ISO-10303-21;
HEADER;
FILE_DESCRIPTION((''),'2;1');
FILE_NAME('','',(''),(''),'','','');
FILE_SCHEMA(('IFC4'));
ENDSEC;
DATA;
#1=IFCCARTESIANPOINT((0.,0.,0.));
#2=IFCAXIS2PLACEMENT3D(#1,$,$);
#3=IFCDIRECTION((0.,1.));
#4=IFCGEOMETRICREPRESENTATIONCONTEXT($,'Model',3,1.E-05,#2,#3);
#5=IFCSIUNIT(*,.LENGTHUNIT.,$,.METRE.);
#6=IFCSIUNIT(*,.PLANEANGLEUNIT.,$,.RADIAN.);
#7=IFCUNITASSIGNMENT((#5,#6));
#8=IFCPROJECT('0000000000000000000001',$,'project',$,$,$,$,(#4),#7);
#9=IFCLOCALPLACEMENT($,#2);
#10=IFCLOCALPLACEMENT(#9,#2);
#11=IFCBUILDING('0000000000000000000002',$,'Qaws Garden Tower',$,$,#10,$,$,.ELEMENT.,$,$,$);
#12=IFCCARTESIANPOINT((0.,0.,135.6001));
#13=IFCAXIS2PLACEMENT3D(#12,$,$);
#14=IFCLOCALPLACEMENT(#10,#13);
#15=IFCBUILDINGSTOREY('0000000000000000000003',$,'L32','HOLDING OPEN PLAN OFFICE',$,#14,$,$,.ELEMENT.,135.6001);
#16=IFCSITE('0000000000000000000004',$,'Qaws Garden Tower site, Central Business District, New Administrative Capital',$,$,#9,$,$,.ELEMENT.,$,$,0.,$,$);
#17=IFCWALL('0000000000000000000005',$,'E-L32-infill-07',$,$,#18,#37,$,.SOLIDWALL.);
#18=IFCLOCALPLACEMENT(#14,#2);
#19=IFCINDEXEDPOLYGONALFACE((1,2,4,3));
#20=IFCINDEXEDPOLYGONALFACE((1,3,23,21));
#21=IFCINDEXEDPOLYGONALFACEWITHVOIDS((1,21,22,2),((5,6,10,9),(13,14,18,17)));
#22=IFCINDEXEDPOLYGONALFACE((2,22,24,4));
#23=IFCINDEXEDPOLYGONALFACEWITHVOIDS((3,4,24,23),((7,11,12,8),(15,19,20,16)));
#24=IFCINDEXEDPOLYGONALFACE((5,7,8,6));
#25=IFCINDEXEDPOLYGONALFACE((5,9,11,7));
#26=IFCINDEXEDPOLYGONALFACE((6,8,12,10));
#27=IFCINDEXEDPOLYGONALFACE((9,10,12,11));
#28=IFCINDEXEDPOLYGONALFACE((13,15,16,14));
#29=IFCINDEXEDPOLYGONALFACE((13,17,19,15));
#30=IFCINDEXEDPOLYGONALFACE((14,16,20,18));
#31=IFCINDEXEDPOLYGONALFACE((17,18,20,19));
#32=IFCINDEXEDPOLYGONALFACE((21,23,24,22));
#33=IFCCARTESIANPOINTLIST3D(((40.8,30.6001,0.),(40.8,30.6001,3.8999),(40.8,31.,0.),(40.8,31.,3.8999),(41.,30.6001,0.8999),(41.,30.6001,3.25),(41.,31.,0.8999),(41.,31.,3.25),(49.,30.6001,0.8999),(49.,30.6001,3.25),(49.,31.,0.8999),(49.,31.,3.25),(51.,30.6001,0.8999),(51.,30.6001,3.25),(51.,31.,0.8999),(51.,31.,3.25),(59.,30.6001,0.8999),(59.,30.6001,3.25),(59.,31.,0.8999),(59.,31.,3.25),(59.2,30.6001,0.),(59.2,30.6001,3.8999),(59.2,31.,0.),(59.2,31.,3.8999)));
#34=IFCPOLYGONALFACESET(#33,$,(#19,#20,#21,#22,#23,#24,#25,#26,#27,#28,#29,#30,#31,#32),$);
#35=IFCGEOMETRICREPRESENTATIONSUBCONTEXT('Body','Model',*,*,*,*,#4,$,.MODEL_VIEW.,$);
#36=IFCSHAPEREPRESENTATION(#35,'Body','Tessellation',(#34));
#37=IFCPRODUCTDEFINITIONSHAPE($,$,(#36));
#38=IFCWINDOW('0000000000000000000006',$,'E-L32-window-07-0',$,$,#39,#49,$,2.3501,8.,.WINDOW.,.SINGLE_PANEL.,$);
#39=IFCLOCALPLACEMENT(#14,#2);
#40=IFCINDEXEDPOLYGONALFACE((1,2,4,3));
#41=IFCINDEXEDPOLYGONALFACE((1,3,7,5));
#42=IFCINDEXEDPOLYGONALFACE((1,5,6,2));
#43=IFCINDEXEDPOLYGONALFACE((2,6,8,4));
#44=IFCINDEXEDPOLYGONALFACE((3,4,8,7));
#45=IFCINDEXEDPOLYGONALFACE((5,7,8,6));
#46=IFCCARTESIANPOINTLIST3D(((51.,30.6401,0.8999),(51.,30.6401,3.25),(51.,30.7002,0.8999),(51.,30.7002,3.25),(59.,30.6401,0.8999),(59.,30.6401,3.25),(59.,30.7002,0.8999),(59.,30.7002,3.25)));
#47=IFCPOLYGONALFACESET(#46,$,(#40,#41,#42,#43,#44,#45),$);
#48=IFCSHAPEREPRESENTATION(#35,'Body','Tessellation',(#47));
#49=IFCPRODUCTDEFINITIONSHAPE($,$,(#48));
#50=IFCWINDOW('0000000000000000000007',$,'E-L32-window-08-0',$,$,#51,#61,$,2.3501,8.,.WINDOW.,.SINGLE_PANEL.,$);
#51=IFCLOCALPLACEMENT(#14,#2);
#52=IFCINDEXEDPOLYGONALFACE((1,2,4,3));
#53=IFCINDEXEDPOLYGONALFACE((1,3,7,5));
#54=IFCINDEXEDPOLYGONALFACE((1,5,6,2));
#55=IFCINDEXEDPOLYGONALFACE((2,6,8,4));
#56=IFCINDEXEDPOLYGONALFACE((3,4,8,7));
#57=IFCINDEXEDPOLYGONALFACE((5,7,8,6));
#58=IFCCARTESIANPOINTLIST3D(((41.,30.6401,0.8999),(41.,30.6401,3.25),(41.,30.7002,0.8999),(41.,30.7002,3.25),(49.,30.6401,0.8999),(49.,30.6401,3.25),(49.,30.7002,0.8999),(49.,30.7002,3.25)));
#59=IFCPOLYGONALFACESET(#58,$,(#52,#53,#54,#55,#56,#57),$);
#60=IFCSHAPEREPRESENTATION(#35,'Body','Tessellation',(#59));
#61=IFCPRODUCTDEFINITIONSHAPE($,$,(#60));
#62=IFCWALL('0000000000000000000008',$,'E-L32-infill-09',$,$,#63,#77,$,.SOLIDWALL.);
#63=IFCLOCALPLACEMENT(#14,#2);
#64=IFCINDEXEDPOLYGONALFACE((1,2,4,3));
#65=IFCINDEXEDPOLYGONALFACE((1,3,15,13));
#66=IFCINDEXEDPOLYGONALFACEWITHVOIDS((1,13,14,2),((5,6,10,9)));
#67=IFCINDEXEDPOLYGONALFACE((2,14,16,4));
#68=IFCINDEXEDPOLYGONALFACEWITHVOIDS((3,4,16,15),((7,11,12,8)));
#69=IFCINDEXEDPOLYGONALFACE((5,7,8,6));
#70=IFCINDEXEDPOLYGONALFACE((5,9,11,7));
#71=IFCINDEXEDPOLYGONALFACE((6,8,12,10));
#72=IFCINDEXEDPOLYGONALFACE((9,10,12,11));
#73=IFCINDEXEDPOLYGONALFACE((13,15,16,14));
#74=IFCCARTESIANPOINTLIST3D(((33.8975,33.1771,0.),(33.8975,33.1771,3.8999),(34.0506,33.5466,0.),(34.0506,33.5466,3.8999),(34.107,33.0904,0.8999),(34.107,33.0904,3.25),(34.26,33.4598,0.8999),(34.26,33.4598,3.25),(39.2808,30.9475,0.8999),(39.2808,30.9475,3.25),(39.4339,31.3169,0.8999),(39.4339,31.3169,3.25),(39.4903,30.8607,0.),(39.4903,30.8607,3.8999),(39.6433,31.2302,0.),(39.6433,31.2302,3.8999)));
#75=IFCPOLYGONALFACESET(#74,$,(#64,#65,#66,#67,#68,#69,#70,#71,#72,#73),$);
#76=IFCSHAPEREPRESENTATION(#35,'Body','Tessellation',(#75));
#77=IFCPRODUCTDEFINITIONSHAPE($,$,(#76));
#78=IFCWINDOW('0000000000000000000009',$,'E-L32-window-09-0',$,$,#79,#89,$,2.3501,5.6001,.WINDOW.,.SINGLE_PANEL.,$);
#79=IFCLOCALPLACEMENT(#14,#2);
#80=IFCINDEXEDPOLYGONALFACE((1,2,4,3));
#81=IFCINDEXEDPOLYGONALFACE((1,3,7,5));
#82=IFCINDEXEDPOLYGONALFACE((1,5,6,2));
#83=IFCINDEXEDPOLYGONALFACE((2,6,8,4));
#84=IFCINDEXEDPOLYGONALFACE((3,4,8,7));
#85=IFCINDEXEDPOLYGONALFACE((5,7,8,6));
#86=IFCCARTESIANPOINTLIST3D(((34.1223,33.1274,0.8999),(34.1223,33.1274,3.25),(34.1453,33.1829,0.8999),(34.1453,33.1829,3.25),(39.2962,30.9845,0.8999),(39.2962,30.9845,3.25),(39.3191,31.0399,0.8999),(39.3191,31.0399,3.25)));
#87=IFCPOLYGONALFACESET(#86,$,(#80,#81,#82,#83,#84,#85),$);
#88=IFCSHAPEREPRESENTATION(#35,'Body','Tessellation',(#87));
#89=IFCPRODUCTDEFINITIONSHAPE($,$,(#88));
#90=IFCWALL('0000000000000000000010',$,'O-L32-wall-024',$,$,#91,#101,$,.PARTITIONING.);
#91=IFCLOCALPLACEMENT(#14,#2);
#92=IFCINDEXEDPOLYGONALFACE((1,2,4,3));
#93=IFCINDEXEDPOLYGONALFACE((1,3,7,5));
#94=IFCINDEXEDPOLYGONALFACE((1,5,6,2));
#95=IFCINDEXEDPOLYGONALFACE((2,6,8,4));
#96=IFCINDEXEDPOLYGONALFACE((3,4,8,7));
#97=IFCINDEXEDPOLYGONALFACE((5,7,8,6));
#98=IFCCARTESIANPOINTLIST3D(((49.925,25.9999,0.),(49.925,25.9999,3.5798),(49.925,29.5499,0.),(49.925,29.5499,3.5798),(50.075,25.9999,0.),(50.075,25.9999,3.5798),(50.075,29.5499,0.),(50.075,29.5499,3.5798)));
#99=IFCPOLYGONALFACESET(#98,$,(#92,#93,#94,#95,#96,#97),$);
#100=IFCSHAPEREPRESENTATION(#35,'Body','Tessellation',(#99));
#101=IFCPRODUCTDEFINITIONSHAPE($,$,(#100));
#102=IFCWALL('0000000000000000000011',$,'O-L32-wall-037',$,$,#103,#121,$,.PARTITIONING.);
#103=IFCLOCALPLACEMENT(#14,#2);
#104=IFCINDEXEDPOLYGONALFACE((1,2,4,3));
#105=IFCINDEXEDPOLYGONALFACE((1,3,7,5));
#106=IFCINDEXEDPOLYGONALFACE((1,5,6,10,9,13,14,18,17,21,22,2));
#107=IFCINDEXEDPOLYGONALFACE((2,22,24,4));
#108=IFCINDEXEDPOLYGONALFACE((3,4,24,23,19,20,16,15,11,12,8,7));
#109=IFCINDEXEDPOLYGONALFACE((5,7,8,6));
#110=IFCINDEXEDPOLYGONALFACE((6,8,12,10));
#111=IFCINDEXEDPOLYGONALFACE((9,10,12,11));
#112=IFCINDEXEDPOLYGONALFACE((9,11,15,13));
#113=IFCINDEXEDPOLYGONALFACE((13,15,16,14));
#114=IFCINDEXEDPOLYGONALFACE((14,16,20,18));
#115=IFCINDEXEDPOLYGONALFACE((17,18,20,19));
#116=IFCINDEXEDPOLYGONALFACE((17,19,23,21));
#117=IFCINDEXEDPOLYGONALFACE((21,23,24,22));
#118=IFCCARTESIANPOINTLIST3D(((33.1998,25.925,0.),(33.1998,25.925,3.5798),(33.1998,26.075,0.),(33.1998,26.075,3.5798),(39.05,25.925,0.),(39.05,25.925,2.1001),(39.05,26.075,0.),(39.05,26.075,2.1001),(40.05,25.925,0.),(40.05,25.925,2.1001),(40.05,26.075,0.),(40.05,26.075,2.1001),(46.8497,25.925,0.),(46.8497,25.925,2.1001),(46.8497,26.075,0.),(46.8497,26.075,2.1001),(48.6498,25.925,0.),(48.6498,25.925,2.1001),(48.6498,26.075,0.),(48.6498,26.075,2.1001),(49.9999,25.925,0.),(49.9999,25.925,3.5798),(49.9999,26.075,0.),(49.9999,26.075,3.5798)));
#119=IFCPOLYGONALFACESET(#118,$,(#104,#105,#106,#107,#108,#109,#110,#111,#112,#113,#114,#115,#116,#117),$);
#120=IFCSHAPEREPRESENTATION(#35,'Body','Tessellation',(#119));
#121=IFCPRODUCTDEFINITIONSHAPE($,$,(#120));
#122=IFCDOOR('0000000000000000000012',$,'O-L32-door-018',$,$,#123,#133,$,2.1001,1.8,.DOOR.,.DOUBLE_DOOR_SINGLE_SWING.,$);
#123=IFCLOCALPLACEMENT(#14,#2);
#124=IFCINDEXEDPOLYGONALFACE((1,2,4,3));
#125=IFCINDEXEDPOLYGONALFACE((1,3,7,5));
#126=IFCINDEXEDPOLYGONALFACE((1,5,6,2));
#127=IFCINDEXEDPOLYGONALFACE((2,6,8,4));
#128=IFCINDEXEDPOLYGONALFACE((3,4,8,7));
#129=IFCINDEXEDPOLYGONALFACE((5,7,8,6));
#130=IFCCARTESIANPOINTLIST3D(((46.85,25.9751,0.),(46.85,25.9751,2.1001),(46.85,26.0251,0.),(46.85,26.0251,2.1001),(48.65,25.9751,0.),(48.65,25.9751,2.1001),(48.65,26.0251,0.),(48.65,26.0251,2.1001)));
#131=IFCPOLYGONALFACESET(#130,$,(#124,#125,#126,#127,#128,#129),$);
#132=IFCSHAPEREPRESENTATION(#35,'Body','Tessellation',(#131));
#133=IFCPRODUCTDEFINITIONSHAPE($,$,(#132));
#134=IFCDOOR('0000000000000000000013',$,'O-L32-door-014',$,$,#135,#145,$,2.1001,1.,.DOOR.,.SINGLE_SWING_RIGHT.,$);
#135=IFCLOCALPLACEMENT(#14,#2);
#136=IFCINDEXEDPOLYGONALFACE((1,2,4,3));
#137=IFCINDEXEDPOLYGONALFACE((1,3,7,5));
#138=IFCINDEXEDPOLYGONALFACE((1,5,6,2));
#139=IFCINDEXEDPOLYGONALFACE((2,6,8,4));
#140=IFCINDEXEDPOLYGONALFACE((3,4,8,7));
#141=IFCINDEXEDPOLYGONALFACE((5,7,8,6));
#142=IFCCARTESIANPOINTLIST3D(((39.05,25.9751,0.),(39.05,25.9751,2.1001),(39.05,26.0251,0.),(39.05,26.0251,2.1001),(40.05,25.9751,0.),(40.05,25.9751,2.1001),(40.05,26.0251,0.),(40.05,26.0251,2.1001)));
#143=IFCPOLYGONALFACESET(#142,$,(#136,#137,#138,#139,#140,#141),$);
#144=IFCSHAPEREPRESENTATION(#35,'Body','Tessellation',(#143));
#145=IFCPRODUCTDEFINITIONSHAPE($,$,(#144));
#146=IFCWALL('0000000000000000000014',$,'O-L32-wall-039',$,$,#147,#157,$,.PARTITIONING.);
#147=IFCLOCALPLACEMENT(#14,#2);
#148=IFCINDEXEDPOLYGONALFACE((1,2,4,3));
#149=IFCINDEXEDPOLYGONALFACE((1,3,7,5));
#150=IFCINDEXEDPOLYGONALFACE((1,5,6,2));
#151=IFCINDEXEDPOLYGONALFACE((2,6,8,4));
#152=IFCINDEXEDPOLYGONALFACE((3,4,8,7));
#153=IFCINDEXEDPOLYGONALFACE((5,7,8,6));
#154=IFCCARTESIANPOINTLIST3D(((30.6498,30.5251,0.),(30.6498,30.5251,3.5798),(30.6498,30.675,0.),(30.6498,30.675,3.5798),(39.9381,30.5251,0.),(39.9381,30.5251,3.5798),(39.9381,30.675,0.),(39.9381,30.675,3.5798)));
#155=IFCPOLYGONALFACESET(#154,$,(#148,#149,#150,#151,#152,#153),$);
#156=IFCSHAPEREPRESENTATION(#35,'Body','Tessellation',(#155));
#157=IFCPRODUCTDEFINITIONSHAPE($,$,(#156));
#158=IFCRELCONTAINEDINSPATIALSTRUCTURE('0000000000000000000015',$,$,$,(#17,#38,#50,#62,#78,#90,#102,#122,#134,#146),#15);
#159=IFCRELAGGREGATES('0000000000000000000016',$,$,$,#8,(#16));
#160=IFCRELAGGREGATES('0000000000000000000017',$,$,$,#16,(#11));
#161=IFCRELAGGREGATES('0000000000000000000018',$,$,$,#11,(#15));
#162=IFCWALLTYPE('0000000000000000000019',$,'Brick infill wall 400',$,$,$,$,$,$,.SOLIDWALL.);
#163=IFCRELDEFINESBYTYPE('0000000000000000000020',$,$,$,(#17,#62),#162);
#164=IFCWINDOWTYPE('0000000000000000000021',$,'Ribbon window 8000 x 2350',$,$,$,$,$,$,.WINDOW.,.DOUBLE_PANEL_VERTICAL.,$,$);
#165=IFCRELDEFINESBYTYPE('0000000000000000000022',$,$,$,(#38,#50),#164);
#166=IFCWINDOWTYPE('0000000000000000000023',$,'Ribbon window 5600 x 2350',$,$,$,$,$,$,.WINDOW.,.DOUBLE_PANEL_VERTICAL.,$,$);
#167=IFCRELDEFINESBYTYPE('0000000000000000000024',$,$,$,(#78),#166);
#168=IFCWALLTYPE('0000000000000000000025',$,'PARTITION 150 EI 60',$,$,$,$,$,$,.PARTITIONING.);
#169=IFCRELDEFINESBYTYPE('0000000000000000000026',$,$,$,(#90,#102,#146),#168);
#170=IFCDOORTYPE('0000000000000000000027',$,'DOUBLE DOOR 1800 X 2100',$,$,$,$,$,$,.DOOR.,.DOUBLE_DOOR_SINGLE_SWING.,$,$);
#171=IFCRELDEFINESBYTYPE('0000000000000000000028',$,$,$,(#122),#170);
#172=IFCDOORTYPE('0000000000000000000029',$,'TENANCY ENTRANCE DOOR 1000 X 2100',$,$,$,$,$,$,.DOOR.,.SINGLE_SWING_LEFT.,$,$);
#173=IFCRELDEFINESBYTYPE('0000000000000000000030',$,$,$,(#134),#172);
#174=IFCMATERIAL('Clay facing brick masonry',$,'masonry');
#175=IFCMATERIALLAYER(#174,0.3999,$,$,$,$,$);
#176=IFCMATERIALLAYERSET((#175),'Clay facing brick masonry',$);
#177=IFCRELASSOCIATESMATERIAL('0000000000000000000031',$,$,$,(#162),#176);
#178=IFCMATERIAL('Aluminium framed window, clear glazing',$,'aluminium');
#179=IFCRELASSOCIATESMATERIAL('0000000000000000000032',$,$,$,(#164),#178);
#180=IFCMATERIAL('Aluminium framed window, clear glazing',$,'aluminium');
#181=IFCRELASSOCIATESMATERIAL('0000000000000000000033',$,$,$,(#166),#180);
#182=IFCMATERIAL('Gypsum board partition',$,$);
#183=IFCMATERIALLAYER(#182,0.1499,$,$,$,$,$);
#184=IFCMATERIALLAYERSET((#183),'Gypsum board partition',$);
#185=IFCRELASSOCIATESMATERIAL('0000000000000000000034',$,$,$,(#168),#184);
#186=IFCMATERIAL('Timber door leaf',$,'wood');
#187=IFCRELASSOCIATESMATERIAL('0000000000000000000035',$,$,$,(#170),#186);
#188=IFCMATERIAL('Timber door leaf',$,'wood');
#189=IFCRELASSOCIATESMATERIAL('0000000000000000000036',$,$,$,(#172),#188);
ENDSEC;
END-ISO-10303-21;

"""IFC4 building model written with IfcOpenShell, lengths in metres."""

from ifc_helpers import new_model, si_unit, direction, frame, frame_2d, origin, place, context, subcontext, project, spatial, rectangle, extrude, material, layer, layer_set, type_object, element, fill, save


model = new_model("IFC4")

# Units and contexts
model_context = context("Model", 3, precision=1e-05, world=origin(), true_north=direction((0.0, 1.0)))
body_context = subcontext(model_context, "Body", "Model", "MODEL_VIEW")
ifc_project = project(units=[si_unit("LENGTHUNIT", "METRE"), si_unit("PLANEANGLEUNIT", "RADIAN")], contexts=[model_context])

# Site, building, storey
site_placement = place(None, origin())
site = spatial("IfcSite", under=ifc_project, at=site_placement, Name="Qaws Garden Tower site, Central Business District, New Administrative Capital", CompositionType="ELEMENT", RefElevation=0.0)
building_placement = place(site_placement, origin())
building = spatial("IfcBuilding", under=site, at=building_placement, Name="Qaws Garden Tower", CompositionType="ELEMENT")
storey_placement = place(building_placement, frame((0.0, 0.0, 135.6001)))
storey = spatial("IfcBuildingStorey", under=building, at=storey_placement, Name="L32", Description="HOLDING OPEN PLAN OFFICE", CompositionType="ELEMENT", Elevation=135.6001)

# Wall, openings, windows
ifc_material_1 = material(Name="Clay facing brick masonry", Category="masonry")
ifc_layer_1 = layer(ifc_material_1, 0.3999)
ifc_layer_set_1 = layer_set([ifc_layer_1], Name="Clay facing brick masonry")
wall_type_1 = type_object("IfcWallType", Name="Brick infill wall 400", PredefinedType="SOLIDWALL", material=ifc_layer_set_1)
wall_1_placement = place(storey_placement, frame((59.2, 30.8, 0.0), z_axis=(0.0, 0.0, 1.0), x_axis=(-1.0, 0.0, 0.0)))
wall_1 = element("IfcWall", 1, at=wall_1_placement, inside=storey, type_object=wall_type_1, Name="E-L32-infill-07", PredefinedType="SOLIDWALL", context=body_context, shape_type="SweptSolid", body=[
    extrude(rectangle(XDim=18.3999, YDim=0.3999, at=frame_2d((9.2, 0.0))), origin(), (0.0, 0.0, 1.0), 3.8999),
])
opening_1_placement = place(wall_1_placement, frame((0.2, 0.0, 0.8999)))
opening_1 = element("IfcOpeningElement", 2, at=opening_1_placement, cuts=wall_1, PredefinedType="OPENING", context=body_context, shape_type="SweptSolid", body=[
    extrude(rectangle(XDim=8.0, YDim=2.3501, at=frame_2d((4.0, 1.175))), frame((0.0, 0.21, 0.0), z_axis=(0.0, -1.0, 0.0), x_axis=(1.0, 0.0, 0.0)), (0.0, 0.0, 1.0), 0.4199),
])
opening_2_placement = place(wall_1_placement, frame((10.2, 0.0, 0.8999)))
opening_2 = element("IfcOpeningElement", 3, at=opening_2_placement, cuts=wall_1, PredefinedType="OPENING", context=body_context, shape_type="SweptSolid", body=[
    extrude(rectangle(XDim=8.0, YDim=2.3501, at=frame_2d((4.0, 1.175))), frame((0.0, 0.21, 0.0), z_axis=(0.0, -1.0, 0.0), x_axis=(1.0, 0.0, 0.0)), (0.0, 0.0, 1.0), 0.4199),
])
ifc_material_2 = material(Name="Aluminium framed window, clear glazing", Category="aluminium")
window_type_1 = type_object("IfcWindowType", Name="Ribbon window 8000 x 2350", PartitioningType="DOUBLE_PANEL_VERTICAL", PredefinedType="WINDOW", material=ifc_material_2)
window_1_placement = place(opening_1_placement, origin())
window_1 = element("IfcWindow", 4, at=window_1_placement, inside=storey, type_object=window_type_1, Name="E-L32-window-07-0", OverallHeight=2.3501, OverallWidth=8.0, PartitioningType="SINGLE_PANEL", PredefinedType="WINDOW", context=body_context, shape_type="SweptSolid", body=[
    extrude(rectangle(XDim=8.0, YDim=2.3501, at=frame_2d((4.0, 1.175))), frame((0.0, 0.1599, 0.0), z_axis=(0.0, -1.0, 0.0), x_axis=(1.0, 0.0, 0.0)), (0.0, 0.0, 1.0), 0.0601),
])
fill(opening_1, window_1)
window_2_placement = place(opening_2_placement, origin())
window_2 = element("IfcWindow", 5, at=window_2_placement, inside=storey, type_object=window_type_1, Name="E-L32-window-08-0", OverallHeight=2.3501, OverallWidth=8.0, PartitioningType="SINGLE_PANEL", PredefinedType="WINDOW", context=body_context, shape_type="SweptSolid", body=[
    extrude(rectangle(XDim=8.0, YDim=2.3501, at=frame_2d((4.0, 1.175))), frame((0.0, 0.1599, 0.0), z_axis=(0.0, -1.0, 0.0), x_axis=(1.0, 0.0, 0.0)), (0.0, 0.0, 1.0), 0.0601),
])
fill(opening_2, window_2)

# Wall, opening, window
wall_2_placement = place(storey_placement, frame((39.5669, 31.0454, 0.0), z_axis=(0.0, 0.0, 1.0), x_axis=(-0.923891, 0.382656, 0.0)))
wall_2 = element("IfcWall", 6, at=wall_2_placement, inside=storey, type_object=wall_type_1, Name="E-L32-infill-09", PredefinedType="SOLIDWALL", context=body_context, shape_type="SweptSolid", body=[
    extrude(rectangle(XDim=6.0535, YDim=0.3999, at=frame_2d((3.0269, 0.0))), origin(), (0.0, 0.0, 1.0), 3.8999),
])
opening_3_placement = place(wall_2_placement, frame((0.2268, 0.0, 0.8999)))
opening_3 = element("IfcOpeningElement", 7, at=opening_3_placement, cuts=wall_2, PredefinedType="OPENING", context=body_context, shape_type="SweptSolid", body=[
    extrude(rectangle(XDim=5.6001, YDim=2.3501, at=frame_2d((2.8, 1.175))), frame((0.0, 0.21, 0.0), z_axis=(0.0, -1.0, 0.0), x_axis=(1.0, 0.0, 0.0)), (0.0, 0.0, 1.0), 0.4199),
])
ifc_material_3 = material(Name="Aluminium framed window, clear glazing", Category="aluminium")
window_type_2 = type_object("IfcWindowType", Name="Ribbon window 5600 x 2350", PartitioningType="DOUBLE_PANEL_VERTICAL", PredefinedType="WINDOW", material=ifc_material_3)
window_3_placement = place(opening_3_placement, origin())
window_3 = element("IfcWindow", 8, at=window_3_placement, inside=storey, type_object=window_type_2, Name="E-L32-window-09-0", OverallHeight=2.3501, OverallWidth=5.6001, PartitioningType="SINGLE_PANEL", PredefinedType="WINDOW", context=body_context, shape_type="SweptSolid", body=[
    extrude(rectangle(XDim=5.6001, YDim=2.3501, at=frame_2d((2.8, 1.175))), frame((0.0, 0.1599, 0.0), z_axis=(0.0, -1.0, 0.0), x_axis=(1.0, 0.0, 0.0)), (0.0, 0.0, 1.0), 0.0601),
])
fill(opening_3, window_3)

# Wall
ifc_material_4 = material(Name="Gypsum board partition")
ifc_layer_2 = layer(ifc_material_4, 0.1499)
ifc_layer_set_2 = layer_set([ifc_layer_2], Name="Gypsum board partition")
wall_type_2 = type_object("IfcWallType", Name="PARTITION 150 EI 60", PredefinedType="PARTITIONING", material=ifc_layer_set_2)
wall_3_placement = place(storey_placement, frame((50.0, 26.0, 0.0), z_axis=(0.0, 0.0, 1.0), x_axis=(0.0, 1.0, 0.0)))
element("IfcWall", 9, at=wall_3_placement, inside=storey, type_object=wall_type_2, Name="O-L32-wall-024", PredefinedType="PARTITIONING", context=body_context, shape_type="SweptSolid", body=[
    extrude(rectangle(XDim=3.55, YDim=0.1499, at=frame_2d((1.7749, 0.0))), origin(), (0.0, 0.0, 1.0), 3.5798),
])

# Wall, openings, doors
wall_4_placement = place(storey_placement, frame((33.2, 26.0, 0.0), z_axis=(0.0, 0.0, 1.0), x_axis=(1.0, 0.0, 0.0)))
wall_4 = element("IfcWall", 10, at=wall_4_placement, inside=storey, type_object=wall_type_2, Name="O-L32-wall-037", PredefinedType="PARTITIONING", context=body_context, shape_type="SweptSolid", body=[
    extrude(rectangle(XDim=16.8, YDim=0.1499, at=frame_2d((8.3999, 0.0))), origin(), (0.0, 0.0, 1.0), 3.5798),
])
opening_4_placement = place(wall_4_placement, frame((5.8501, 0.0, 0.0)))
opening_4 = element("IfcOpeningElement", 11, at=opening_4_placement, cuts=wall_4, PredefinedType="OPENING", context=body_context, shape_type="SweptSolid", body=[
    extrude(rectangle(XDim=1.0, YDim=2.1001, at=frame_2d((0.5, 1.05))), frame((0.0, 0.085, 0.0), z_axis=(0.0, -1.0, 0.0), x_axis=(1.0, 0.0, 0.0)), (0.0, 0.0, 1.0), 0.1699),
])
opening_5_placement = place(wall_4_placement, frame((13.6499, 0.0, 0.0)))
opening_5 = element("IfcOpeningElement", 12, at=opening_5_placement, cuts=wall_4, PredefinedType="OPENING", context=body_context, shape_type="SweptSolid", body=[
    extrude(rectangle(XDim=1.8, YDim=2.1001, at=frame_2d((0.8999, 1.05))), frame((0.0, 0.085, 0.0), z_axis=(0.0, -1.0, 0.0), x_axis=(1.0, 0.0, 0.0)), (0.0, 0.0, 1.0), 0.1699),
])
ifc_material_5 = material(Name="Timber door leaf", Category="wood")
door_type_1 = type_object("IfcDoorType", Name="DOUBLE DOOR 1800 X 2100", OperationType="DOUBLE_DOOR_SINGLE_SWING", PredefinedType="DOOR", material=ifc_material_5)
door_1_placement = place(opening_5_placement, frame((1.8, 0.0, 0.0), z_axis=(0.0, 0.0, 1.0), x_axis=(-1.0, 0.0, 0.0)))
door_1 = element("IfcDoor", 13, at=door_1_placement, inside=storey, type_object=door_type_1, Name="O-L32-door-018", OperationType="DOUBLE_DOOR_SINGLE_SWING", OverallHeight=2.1001, OverallWidth=1.8, PredefinedType="DOOR", context=body_context, shape_type="SweptSolid", body=[
    extrude(rectangle(XDim=1.8, YDim=2.1001, at=frame_2d((0.8999, 1.05))), frame((0.0, 0.0249, 0.0), z_axis=(0.0, -1.0, 0.0), x_axis=(1.0, 0.0, 0.0)), (0.0, 0.0, 1.0), 0.05),
])
fill(opening_5, door_1)
ifc_material_6 = material(Name="Timber door leaf", Category="wood")
door_type_2 = type_object("IfcDoorType", Name="TENANCY ENTRANCE DOOR 1000 X 2100", OperationType="SINGLE_SWING_LEFT", PredefinedType="DOOR", material=ifc_material_6)
door_2_placement = place(opening_4_placement, frame((1.0, 0.0, 0.0), z_axis=(0.0, 0.0, 1.0), x_axis=(-1.0, 0.0, 0.0)))
door_2 = element("IfcDoor", 14, at=door_2_placement, inside=storey, type_object=door_type_2, Name="O-L32-door-014", OperationType="SINGLE_SWING_RIGHT", OverallHeight=2.1001, OverallWidth=1.0, PredefinedType="DOOR", context=body_context, shape_type="SweptSolid", body=[
    extrude(rectangle(XDim=1.0, YDim=2.1001, at=frame_2d((0.5, 1.05))), frame((0.0, 0.0249, 0.0), z_axis=(0.0, -1.0, 0.0), x_axis=(1.0, 0.0, 0.0)), (0.0, 0.0, 1.0), 0.05),
])
fill(opening_4, door_2)

# Wall
wall_5_placement = place(storey_placement, frame((30.6499, 30.6001, 0.0), z_axis=(0.0, 0.0, 1.0), x_axis=(1.0, 0.0, 0.0)))
element("IfcWall", 15, at=wall_5_placement, inside=storey, type_object=wall_type_2, Name="O-L32-wall-039", PredefinedType="PARTITIONING", context=body_context, shape_type="SweptSolid", body=[
    extrude(rectangle(XDim=9.2883, YDim=0.1499, at=frame_2d((4.644, 0.0))), origin(), (0.0, 0.0, 1.0), 3.5798),
])

save(model, "model.ifc")
